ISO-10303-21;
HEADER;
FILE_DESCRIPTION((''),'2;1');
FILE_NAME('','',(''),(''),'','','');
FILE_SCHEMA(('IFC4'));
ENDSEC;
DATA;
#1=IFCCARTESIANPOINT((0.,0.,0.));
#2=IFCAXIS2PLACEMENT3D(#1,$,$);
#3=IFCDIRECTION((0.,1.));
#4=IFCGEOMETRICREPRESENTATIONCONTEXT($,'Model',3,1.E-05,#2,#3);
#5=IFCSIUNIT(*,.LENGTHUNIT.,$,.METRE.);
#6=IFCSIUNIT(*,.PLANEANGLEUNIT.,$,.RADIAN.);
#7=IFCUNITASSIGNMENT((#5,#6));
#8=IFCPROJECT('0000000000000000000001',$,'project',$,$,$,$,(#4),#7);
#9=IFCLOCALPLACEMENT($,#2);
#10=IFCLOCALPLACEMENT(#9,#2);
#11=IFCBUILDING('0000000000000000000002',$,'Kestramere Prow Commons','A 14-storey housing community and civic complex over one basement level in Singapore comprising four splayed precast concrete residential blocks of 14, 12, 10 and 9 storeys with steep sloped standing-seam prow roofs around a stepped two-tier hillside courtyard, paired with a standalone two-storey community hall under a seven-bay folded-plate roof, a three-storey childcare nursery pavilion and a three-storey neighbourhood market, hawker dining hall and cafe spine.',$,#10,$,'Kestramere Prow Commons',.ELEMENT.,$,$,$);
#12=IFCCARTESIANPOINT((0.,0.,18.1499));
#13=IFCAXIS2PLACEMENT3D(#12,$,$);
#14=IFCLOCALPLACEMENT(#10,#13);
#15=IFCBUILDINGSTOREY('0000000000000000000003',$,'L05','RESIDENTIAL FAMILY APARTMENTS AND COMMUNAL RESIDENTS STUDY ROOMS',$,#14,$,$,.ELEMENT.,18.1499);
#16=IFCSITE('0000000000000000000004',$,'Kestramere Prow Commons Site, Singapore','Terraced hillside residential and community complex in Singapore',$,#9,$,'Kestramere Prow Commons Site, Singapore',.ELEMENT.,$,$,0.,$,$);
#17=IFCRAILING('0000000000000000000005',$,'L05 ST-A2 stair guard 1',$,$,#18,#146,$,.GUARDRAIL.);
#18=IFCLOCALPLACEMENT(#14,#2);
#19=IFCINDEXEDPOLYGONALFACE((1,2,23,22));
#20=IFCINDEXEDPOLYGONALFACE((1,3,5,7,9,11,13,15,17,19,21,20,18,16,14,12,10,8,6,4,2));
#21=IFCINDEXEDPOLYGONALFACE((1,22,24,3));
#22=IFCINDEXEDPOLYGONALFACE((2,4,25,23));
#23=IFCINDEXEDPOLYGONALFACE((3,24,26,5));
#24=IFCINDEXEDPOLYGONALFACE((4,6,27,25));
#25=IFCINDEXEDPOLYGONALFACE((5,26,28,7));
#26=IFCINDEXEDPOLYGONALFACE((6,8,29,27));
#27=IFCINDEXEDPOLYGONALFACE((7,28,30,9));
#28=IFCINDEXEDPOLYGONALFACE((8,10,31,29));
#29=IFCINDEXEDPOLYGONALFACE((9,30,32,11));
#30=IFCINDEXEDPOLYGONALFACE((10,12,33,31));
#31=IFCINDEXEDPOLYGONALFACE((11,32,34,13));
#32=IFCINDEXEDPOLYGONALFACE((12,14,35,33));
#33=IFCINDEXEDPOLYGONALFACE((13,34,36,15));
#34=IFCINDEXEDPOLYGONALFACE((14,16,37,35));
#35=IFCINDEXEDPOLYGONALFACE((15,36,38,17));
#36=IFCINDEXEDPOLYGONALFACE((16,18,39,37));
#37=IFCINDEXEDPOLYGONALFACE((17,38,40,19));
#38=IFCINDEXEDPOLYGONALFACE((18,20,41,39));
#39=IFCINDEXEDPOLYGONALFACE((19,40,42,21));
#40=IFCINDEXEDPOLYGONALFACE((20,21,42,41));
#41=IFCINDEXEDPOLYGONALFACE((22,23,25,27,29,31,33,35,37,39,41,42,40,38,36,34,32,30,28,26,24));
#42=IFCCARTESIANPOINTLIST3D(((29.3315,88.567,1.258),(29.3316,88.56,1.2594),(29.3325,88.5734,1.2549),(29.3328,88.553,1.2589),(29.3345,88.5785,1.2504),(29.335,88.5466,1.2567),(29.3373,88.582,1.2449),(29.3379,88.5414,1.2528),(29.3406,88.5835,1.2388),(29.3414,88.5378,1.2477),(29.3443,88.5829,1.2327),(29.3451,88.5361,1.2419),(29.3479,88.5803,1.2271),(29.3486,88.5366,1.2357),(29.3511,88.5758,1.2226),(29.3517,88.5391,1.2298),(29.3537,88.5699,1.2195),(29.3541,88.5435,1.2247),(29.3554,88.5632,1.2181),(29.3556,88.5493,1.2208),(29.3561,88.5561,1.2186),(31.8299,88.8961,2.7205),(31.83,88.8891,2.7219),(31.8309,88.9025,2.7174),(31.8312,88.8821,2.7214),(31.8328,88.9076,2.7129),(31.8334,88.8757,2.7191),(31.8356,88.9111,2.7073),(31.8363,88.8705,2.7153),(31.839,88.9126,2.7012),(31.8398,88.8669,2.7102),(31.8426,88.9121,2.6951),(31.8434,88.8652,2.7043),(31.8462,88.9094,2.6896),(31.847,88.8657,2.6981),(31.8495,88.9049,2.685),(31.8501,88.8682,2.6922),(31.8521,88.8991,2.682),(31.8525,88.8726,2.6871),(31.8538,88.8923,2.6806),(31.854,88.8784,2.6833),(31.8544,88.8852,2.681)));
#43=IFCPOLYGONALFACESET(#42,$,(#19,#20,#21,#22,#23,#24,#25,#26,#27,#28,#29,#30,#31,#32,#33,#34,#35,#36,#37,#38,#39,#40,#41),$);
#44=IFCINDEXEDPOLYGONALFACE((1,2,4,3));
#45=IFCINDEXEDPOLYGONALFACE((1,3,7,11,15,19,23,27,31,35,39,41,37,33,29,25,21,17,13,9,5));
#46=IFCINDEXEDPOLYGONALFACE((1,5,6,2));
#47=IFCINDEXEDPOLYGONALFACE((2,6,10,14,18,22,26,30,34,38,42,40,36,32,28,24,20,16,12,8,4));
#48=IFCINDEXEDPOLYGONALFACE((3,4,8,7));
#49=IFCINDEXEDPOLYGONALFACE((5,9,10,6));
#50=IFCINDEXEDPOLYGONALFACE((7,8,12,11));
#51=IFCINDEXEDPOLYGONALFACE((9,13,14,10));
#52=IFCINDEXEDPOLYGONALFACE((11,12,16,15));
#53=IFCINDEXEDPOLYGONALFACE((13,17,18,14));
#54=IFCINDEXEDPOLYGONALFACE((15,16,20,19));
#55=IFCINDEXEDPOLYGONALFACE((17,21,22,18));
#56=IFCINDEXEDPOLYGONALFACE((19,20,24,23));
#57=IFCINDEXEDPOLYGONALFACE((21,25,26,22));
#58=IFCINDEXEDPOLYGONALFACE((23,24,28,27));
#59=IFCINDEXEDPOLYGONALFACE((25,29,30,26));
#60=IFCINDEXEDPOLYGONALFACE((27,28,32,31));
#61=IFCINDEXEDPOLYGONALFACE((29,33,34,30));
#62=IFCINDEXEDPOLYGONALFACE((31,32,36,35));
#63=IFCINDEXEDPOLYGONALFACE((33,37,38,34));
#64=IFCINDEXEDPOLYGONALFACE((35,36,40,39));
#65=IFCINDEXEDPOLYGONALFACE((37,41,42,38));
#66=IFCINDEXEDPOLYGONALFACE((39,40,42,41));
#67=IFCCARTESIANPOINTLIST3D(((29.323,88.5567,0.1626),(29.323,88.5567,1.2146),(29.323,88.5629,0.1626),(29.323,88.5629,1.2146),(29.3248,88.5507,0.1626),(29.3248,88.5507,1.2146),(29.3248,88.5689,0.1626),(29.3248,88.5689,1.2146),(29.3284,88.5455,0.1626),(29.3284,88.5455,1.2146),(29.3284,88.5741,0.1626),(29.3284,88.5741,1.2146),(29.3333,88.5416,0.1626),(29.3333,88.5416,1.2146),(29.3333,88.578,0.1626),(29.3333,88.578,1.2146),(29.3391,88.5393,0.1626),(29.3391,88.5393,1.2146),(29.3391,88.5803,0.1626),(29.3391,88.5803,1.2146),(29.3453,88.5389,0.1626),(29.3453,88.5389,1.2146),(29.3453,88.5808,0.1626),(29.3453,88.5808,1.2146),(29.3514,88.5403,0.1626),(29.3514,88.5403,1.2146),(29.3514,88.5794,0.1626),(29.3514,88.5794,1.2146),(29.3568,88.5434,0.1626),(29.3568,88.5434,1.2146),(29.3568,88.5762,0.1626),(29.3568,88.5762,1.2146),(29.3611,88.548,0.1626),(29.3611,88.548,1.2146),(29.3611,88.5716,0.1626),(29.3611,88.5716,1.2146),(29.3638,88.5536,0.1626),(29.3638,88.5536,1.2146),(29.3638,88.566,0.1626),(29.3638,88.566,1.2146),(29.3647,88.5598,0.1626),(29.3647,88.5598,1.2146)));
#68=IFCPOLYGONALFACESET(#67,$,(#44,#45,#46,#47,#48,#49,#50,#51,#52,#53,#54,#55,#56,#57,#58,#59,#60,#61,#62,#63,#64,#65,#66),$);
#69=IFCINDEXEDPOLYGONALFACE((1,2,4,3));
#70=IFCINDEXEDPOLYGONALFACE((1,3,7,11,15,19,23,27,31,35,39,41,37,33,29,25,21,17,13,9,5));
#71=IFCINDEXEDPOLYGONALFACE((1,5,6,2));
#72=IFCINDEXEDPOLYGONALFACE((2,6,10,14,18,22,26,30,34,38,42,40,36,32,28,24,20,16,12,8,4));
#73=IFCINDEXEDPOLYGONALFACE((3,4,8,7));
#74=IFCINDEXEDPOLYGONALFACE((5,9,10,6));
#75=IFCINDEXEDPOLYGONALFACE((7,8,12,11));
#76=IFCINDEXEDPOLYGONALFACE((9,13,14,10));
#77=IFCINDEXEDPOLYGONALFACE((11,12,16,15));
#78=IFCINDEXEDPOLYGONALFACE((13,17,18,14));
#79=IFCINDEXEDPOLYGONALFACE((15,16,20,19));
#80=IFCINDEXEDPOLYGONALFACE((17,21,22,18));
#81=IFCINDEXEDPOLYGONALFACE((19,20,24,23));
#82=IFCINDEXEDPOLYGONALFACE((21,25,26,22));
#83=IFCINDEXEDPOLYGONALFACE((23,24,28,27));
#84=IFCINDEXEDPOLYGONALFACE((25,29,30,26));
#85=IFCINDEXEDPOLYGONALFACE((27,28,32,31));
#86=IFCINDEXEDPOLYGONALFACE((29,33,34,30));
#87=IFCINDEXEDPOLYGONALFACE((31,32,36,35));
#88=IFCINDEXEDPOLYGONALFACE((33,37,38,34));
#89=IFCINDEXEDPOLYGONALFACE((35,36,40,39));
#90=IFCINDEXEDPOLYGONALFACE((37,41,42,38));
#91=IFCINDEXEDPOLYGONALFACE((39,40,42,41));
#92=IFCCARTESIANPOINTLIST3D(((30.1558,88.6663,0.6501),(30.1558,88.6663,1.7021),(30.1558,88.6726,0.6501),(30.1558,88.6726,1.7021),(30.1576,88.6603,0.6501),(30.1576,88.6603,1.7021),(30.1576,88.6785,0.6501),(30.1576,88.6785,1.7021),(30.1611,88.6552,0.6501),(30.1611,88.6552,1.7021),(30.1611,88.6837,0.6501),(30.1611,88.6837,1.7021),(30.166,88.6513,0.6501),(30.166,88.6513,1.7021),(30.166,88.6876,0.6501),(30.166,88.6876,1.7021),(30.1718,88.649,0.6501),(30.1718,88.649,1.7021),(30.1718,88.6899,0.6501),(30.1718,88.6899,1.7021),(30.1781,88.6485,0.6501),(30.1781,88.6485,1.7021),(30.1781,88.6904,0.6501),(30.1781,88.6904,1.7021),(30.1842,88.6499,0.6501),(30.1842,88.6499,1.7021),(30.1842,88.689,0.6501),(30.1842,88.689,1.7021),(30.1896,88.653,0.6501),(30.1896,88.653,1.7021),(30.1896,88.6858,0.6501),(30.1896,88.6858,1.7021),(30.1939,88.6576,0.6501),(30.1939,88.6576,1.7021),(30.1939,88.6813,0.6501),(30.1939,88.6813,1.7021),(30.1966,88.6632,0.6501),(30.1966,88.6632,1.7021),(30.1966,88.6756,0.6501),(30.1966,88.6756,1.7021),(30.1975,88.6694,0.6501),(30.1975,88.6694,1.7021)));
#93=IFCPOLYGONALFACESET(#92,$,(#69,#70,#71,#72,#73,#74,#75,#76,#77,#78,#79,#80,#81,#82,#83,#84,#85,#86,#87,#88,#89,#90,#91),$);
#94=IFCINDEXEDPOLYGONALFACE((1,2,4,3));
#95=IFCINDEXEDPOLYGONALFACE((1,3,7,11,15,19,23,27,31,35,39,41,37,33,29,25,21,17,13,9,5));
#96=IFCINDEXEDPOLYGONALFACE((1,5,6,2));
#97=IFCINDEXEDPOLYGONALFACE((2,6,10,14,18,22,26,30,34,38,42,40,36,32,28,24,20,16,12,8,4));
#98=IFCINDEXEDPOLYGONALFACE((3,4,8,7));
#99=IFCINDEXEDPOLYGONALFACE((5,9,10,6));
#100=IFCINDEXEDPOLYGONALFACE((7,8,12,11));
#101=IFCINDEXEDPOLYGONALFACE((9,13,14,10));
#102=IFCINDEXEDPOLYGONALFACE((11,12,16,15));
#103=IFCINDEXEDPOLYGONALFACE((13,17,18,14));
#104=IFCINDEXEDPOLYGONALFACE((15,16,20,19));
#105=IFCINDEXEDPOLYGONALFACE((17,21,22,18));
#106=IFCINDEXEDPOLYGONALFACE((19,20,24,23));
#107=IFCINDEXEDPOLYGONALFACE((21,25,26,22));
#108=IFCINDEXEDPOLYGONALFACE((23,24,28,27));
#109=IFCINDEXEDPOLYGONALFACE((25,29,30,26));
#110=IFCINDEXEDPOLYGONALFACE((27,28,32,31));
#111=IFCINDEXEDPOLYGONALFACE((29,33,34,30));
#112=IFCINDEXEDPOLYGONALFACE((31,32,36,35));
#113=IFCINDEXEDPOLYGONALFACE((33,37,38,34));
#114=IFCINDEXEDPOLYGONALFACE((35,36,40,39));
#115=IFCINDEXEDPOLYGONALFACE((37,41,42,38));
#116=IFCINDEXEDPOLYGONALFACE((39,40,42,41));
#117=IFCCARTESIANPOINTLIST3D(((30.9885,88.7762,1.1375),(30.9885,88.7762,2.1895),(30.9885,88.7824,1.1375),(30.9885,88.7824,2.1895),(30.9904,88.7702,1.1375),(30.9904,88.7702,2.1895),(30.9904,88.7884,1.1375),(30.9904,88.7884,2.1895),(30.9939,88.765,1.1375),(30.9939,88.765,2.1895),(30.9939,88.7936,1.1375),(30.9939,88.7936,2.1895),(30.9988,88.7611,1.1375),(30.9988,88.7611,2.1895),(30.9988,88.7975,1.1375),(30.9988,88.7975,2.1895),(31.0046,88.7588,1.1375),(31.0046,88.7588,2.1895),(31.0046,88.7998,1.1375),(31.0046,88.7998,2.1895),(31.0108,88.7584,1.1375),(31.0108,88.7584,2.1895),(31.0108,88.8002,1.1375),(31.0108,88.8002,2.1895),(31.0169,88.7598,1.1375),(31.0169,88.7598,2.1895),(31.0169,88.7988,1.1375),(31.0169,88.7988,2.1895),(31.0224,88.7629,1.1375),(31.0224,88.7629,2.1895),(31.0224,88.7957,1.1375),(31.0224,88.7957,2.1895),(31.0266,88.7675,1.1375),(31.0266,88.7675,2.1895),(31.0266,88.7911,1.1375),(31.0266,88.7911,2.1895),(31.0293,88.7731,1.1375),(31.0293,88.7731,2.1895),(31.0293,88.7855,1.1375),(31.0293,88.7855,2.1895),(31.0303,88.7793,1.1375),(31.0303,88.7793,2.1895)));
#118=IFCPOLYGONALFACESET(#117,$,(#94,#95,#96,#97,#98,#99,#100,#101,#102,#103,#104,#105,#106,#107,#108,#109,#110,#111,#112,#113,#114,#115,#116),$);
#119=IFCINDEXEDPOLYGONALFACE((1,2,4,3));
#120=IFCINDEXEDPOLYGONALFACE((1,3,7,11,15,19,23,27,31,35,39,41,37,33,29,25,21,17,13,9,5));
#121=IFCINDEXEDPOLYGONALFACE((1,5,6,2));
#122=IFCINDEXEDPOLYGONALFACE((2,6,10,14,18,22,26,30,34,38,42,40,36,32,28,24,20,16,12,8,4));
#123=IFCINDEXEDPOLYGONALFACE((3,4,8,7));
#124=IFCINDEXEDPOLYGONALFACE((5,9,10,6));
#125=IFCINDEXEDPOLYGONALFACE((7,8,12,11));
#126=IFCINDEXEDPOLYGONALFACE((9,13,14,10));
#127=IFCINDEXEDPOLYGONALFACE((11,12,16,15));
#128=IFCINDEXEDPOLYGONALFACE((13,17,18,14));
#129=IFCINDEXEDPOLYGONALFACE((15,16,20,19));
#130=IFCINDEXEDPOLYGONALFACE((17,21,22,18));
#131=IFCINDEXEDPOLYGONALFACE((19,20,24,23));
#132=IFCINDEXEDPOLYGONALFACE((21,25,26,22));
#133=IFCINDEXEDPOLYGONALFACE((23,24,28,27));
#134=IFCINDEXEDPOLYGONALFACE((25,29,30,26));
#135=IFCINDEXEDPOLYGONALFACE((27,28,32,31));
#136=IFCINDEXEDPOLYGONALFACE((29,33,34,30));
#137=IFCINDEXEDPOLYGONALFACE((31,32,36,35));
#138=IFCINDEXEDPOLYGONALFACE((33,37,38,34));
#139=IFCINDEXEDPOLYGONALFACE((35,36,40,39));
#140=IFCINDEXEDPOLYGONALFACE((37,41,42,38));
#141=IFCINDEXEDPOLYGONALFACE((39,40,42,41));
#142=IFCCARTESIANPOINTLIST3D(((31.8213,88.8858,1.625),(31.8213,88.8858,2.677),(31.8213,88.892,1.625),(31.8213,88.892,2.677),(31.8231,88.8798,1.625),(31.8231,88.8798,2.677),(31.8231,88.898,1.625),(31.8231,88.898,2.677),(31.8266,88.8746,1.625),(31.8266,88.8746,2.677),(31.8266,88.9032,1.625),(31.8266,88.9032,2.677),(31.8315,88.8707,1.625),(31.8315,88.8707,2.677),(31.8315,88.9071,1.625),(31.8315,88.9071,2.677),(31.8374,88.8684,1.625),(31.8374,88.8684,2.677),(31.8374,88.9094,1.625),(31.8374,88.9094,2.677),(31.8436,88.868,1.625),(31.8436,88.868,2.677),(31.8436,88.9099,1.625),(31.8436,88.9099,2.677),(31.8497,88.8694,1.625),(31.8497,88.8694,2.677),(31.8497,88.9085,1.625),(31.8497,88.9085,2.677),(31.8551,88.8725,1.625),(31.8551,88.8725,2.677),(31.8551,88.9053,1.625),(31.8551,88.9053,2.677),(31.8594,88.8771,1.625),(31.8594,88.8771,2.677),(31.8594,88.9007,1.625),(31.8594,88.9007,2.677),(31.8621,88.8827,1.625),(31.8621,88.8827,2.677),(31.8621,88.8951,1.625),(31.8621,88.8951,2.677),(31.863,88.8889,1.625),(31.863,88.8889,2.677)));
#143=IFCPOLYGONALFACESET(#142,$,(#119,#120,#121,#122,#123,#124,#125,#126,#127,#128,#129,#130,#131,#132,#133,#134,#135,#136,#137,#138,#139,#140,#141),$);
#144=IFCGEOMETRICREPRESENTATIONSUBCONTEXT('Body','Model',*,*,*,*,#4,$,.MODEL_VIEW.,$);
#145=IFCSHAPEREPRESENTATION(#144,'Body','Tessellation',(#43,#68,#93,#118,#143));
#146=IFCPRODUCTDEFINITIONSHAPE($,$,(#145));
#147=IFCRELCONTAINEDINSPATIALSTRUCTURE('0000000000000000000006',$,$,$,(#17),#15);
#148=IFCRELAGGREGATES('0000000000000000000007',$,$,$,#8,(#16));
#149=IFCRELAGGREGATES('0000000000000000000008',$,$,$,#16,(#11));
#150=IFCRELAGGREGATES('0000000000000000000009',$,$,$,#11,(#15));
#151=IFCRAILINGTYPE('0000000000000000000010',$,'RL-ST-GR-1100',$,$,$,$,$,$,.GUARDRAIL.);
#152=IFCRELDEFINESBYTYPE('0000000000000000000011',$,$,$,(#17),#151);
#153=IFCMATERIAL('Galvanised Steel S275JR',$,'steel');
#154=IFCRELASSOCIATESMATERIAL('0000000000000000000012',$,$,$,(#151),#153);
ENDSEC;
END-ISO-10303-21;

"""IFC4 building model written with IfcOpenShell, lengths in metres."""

from ifc_helpers import new_model, si_unit, direction, frame, origin, origin_2d, place, context, subcontext, project, spatial, circle, extrude, material, type_object, element, save


model = new_model("IFC4")

# Units and contexts
model_context = context("Model", 3, precision=1e-05, world=origin(), true_north=direction((0.0, 1.0)))
body_context = subcontext(model_context, "Body", "Model", "MODEL_VIEW")
ifc_project = project(units=[si_unit("LENGTHUNIT", "METRE"), si_unit("PLANEANGLEUNIT", "RADIAN")], contexts=[model_context])

# Site, building, storey
site_placement = place(None, origin())
site = spatial("IfcSite", under=ifc_project, at=site_placement, Name="Kestramere Prow Commons Site, Singapore", Description="Terraced hillside residential and community complex in Singapore", LongName="Kestramere Prow Commons Site, Singapore", CompositionType="ELEMENT", RefElevation=0.0)
building_placement = place(site_placement, origin())
building = spatial("IfcBuilding", under=site, at=building_placement, Name="Kestramere Prow Commons", Description="A 14-storey housing community and civic complex over one basement level in Singapore comprising four splayed precast concrete residential blocks of 14, 12, 10 and 9 storeys with steep sloped standing-seam prow roofs around a stepped two-tier hillside courtyard, paired with a standalone two-storey community hall under a seven-bay folded-plate roof, a three-storey childcare nursery pavilion and a three-storey neighbourhood market, hawker dining hall and cafe spine.", LongName="Kestramere Prow Commons", CompositionType="ELEMENT")
storey_placement = place(building_placement, frame((0.0, 0.0, 18.1499)))
storey = spatial("IfcBuildingStorey", under=building, at=storey_placement, Name="L05", Description="RESIDENTIAL FAMILY APARTMENTS AND COMMUNAL RESIDENTS STUDY ROOMS", CompositionType="ELEMENT", Elevation=18.1499)

# Railing
ifc_material_1 = material(Name="Galvanised Steel S275JR", Category="steel")
railing_type_1 = type_object("IfcRailingType", Name="RL-ST-GR-1100", PredefinedType="GUARDRAIL", material=ifc_material_1)
railing_1_placement = place(storey_placement, frame((29.3438, 88.5598, 0.1626)))
element("IfcRailing", 1, at=railing_1_placement, inside=storey, type_object=railing_type_1, Name="L05 ST-A2 stair guard 1", PredefinedType="GUARDRAIL", context=body_context, shape_type="SweptSolid", body=[
    extrude(circle(Radius=0.0239, at=origin_2d()), frame((0.0, 0.0, 1.0762), z_axis=(0.857493, 0.112958, 0.501943), x_axis=(-0.130602, 0.991435, 0.0)), (0.0, 0.0, 1.0), 2.9136),
    extrude(circle(Radius=0.021, at=origin_2d()), origin(), (0.0, 0.0, 1.0), 1.052),
    extrude(circle(Radius=0.021, at=origin_2d()), frame((0.8328, 0.1096, 0.4875)), (0.0, 0.0, 1.0), 1.052),
    extrude(circle(Radius=0.021, at=origin_2d()), frame((1.6655, 0.2195, 0.9749)), (0.0, 0.0, 1.0), 1.052),
    extrude(circle(Radius=0.021, at=origin_2d()), frame((2.4983, 0.3291, 1.4624)), (0.0, 0.0, 1.0), 1.052),
])

save(model, "model.ifc")
